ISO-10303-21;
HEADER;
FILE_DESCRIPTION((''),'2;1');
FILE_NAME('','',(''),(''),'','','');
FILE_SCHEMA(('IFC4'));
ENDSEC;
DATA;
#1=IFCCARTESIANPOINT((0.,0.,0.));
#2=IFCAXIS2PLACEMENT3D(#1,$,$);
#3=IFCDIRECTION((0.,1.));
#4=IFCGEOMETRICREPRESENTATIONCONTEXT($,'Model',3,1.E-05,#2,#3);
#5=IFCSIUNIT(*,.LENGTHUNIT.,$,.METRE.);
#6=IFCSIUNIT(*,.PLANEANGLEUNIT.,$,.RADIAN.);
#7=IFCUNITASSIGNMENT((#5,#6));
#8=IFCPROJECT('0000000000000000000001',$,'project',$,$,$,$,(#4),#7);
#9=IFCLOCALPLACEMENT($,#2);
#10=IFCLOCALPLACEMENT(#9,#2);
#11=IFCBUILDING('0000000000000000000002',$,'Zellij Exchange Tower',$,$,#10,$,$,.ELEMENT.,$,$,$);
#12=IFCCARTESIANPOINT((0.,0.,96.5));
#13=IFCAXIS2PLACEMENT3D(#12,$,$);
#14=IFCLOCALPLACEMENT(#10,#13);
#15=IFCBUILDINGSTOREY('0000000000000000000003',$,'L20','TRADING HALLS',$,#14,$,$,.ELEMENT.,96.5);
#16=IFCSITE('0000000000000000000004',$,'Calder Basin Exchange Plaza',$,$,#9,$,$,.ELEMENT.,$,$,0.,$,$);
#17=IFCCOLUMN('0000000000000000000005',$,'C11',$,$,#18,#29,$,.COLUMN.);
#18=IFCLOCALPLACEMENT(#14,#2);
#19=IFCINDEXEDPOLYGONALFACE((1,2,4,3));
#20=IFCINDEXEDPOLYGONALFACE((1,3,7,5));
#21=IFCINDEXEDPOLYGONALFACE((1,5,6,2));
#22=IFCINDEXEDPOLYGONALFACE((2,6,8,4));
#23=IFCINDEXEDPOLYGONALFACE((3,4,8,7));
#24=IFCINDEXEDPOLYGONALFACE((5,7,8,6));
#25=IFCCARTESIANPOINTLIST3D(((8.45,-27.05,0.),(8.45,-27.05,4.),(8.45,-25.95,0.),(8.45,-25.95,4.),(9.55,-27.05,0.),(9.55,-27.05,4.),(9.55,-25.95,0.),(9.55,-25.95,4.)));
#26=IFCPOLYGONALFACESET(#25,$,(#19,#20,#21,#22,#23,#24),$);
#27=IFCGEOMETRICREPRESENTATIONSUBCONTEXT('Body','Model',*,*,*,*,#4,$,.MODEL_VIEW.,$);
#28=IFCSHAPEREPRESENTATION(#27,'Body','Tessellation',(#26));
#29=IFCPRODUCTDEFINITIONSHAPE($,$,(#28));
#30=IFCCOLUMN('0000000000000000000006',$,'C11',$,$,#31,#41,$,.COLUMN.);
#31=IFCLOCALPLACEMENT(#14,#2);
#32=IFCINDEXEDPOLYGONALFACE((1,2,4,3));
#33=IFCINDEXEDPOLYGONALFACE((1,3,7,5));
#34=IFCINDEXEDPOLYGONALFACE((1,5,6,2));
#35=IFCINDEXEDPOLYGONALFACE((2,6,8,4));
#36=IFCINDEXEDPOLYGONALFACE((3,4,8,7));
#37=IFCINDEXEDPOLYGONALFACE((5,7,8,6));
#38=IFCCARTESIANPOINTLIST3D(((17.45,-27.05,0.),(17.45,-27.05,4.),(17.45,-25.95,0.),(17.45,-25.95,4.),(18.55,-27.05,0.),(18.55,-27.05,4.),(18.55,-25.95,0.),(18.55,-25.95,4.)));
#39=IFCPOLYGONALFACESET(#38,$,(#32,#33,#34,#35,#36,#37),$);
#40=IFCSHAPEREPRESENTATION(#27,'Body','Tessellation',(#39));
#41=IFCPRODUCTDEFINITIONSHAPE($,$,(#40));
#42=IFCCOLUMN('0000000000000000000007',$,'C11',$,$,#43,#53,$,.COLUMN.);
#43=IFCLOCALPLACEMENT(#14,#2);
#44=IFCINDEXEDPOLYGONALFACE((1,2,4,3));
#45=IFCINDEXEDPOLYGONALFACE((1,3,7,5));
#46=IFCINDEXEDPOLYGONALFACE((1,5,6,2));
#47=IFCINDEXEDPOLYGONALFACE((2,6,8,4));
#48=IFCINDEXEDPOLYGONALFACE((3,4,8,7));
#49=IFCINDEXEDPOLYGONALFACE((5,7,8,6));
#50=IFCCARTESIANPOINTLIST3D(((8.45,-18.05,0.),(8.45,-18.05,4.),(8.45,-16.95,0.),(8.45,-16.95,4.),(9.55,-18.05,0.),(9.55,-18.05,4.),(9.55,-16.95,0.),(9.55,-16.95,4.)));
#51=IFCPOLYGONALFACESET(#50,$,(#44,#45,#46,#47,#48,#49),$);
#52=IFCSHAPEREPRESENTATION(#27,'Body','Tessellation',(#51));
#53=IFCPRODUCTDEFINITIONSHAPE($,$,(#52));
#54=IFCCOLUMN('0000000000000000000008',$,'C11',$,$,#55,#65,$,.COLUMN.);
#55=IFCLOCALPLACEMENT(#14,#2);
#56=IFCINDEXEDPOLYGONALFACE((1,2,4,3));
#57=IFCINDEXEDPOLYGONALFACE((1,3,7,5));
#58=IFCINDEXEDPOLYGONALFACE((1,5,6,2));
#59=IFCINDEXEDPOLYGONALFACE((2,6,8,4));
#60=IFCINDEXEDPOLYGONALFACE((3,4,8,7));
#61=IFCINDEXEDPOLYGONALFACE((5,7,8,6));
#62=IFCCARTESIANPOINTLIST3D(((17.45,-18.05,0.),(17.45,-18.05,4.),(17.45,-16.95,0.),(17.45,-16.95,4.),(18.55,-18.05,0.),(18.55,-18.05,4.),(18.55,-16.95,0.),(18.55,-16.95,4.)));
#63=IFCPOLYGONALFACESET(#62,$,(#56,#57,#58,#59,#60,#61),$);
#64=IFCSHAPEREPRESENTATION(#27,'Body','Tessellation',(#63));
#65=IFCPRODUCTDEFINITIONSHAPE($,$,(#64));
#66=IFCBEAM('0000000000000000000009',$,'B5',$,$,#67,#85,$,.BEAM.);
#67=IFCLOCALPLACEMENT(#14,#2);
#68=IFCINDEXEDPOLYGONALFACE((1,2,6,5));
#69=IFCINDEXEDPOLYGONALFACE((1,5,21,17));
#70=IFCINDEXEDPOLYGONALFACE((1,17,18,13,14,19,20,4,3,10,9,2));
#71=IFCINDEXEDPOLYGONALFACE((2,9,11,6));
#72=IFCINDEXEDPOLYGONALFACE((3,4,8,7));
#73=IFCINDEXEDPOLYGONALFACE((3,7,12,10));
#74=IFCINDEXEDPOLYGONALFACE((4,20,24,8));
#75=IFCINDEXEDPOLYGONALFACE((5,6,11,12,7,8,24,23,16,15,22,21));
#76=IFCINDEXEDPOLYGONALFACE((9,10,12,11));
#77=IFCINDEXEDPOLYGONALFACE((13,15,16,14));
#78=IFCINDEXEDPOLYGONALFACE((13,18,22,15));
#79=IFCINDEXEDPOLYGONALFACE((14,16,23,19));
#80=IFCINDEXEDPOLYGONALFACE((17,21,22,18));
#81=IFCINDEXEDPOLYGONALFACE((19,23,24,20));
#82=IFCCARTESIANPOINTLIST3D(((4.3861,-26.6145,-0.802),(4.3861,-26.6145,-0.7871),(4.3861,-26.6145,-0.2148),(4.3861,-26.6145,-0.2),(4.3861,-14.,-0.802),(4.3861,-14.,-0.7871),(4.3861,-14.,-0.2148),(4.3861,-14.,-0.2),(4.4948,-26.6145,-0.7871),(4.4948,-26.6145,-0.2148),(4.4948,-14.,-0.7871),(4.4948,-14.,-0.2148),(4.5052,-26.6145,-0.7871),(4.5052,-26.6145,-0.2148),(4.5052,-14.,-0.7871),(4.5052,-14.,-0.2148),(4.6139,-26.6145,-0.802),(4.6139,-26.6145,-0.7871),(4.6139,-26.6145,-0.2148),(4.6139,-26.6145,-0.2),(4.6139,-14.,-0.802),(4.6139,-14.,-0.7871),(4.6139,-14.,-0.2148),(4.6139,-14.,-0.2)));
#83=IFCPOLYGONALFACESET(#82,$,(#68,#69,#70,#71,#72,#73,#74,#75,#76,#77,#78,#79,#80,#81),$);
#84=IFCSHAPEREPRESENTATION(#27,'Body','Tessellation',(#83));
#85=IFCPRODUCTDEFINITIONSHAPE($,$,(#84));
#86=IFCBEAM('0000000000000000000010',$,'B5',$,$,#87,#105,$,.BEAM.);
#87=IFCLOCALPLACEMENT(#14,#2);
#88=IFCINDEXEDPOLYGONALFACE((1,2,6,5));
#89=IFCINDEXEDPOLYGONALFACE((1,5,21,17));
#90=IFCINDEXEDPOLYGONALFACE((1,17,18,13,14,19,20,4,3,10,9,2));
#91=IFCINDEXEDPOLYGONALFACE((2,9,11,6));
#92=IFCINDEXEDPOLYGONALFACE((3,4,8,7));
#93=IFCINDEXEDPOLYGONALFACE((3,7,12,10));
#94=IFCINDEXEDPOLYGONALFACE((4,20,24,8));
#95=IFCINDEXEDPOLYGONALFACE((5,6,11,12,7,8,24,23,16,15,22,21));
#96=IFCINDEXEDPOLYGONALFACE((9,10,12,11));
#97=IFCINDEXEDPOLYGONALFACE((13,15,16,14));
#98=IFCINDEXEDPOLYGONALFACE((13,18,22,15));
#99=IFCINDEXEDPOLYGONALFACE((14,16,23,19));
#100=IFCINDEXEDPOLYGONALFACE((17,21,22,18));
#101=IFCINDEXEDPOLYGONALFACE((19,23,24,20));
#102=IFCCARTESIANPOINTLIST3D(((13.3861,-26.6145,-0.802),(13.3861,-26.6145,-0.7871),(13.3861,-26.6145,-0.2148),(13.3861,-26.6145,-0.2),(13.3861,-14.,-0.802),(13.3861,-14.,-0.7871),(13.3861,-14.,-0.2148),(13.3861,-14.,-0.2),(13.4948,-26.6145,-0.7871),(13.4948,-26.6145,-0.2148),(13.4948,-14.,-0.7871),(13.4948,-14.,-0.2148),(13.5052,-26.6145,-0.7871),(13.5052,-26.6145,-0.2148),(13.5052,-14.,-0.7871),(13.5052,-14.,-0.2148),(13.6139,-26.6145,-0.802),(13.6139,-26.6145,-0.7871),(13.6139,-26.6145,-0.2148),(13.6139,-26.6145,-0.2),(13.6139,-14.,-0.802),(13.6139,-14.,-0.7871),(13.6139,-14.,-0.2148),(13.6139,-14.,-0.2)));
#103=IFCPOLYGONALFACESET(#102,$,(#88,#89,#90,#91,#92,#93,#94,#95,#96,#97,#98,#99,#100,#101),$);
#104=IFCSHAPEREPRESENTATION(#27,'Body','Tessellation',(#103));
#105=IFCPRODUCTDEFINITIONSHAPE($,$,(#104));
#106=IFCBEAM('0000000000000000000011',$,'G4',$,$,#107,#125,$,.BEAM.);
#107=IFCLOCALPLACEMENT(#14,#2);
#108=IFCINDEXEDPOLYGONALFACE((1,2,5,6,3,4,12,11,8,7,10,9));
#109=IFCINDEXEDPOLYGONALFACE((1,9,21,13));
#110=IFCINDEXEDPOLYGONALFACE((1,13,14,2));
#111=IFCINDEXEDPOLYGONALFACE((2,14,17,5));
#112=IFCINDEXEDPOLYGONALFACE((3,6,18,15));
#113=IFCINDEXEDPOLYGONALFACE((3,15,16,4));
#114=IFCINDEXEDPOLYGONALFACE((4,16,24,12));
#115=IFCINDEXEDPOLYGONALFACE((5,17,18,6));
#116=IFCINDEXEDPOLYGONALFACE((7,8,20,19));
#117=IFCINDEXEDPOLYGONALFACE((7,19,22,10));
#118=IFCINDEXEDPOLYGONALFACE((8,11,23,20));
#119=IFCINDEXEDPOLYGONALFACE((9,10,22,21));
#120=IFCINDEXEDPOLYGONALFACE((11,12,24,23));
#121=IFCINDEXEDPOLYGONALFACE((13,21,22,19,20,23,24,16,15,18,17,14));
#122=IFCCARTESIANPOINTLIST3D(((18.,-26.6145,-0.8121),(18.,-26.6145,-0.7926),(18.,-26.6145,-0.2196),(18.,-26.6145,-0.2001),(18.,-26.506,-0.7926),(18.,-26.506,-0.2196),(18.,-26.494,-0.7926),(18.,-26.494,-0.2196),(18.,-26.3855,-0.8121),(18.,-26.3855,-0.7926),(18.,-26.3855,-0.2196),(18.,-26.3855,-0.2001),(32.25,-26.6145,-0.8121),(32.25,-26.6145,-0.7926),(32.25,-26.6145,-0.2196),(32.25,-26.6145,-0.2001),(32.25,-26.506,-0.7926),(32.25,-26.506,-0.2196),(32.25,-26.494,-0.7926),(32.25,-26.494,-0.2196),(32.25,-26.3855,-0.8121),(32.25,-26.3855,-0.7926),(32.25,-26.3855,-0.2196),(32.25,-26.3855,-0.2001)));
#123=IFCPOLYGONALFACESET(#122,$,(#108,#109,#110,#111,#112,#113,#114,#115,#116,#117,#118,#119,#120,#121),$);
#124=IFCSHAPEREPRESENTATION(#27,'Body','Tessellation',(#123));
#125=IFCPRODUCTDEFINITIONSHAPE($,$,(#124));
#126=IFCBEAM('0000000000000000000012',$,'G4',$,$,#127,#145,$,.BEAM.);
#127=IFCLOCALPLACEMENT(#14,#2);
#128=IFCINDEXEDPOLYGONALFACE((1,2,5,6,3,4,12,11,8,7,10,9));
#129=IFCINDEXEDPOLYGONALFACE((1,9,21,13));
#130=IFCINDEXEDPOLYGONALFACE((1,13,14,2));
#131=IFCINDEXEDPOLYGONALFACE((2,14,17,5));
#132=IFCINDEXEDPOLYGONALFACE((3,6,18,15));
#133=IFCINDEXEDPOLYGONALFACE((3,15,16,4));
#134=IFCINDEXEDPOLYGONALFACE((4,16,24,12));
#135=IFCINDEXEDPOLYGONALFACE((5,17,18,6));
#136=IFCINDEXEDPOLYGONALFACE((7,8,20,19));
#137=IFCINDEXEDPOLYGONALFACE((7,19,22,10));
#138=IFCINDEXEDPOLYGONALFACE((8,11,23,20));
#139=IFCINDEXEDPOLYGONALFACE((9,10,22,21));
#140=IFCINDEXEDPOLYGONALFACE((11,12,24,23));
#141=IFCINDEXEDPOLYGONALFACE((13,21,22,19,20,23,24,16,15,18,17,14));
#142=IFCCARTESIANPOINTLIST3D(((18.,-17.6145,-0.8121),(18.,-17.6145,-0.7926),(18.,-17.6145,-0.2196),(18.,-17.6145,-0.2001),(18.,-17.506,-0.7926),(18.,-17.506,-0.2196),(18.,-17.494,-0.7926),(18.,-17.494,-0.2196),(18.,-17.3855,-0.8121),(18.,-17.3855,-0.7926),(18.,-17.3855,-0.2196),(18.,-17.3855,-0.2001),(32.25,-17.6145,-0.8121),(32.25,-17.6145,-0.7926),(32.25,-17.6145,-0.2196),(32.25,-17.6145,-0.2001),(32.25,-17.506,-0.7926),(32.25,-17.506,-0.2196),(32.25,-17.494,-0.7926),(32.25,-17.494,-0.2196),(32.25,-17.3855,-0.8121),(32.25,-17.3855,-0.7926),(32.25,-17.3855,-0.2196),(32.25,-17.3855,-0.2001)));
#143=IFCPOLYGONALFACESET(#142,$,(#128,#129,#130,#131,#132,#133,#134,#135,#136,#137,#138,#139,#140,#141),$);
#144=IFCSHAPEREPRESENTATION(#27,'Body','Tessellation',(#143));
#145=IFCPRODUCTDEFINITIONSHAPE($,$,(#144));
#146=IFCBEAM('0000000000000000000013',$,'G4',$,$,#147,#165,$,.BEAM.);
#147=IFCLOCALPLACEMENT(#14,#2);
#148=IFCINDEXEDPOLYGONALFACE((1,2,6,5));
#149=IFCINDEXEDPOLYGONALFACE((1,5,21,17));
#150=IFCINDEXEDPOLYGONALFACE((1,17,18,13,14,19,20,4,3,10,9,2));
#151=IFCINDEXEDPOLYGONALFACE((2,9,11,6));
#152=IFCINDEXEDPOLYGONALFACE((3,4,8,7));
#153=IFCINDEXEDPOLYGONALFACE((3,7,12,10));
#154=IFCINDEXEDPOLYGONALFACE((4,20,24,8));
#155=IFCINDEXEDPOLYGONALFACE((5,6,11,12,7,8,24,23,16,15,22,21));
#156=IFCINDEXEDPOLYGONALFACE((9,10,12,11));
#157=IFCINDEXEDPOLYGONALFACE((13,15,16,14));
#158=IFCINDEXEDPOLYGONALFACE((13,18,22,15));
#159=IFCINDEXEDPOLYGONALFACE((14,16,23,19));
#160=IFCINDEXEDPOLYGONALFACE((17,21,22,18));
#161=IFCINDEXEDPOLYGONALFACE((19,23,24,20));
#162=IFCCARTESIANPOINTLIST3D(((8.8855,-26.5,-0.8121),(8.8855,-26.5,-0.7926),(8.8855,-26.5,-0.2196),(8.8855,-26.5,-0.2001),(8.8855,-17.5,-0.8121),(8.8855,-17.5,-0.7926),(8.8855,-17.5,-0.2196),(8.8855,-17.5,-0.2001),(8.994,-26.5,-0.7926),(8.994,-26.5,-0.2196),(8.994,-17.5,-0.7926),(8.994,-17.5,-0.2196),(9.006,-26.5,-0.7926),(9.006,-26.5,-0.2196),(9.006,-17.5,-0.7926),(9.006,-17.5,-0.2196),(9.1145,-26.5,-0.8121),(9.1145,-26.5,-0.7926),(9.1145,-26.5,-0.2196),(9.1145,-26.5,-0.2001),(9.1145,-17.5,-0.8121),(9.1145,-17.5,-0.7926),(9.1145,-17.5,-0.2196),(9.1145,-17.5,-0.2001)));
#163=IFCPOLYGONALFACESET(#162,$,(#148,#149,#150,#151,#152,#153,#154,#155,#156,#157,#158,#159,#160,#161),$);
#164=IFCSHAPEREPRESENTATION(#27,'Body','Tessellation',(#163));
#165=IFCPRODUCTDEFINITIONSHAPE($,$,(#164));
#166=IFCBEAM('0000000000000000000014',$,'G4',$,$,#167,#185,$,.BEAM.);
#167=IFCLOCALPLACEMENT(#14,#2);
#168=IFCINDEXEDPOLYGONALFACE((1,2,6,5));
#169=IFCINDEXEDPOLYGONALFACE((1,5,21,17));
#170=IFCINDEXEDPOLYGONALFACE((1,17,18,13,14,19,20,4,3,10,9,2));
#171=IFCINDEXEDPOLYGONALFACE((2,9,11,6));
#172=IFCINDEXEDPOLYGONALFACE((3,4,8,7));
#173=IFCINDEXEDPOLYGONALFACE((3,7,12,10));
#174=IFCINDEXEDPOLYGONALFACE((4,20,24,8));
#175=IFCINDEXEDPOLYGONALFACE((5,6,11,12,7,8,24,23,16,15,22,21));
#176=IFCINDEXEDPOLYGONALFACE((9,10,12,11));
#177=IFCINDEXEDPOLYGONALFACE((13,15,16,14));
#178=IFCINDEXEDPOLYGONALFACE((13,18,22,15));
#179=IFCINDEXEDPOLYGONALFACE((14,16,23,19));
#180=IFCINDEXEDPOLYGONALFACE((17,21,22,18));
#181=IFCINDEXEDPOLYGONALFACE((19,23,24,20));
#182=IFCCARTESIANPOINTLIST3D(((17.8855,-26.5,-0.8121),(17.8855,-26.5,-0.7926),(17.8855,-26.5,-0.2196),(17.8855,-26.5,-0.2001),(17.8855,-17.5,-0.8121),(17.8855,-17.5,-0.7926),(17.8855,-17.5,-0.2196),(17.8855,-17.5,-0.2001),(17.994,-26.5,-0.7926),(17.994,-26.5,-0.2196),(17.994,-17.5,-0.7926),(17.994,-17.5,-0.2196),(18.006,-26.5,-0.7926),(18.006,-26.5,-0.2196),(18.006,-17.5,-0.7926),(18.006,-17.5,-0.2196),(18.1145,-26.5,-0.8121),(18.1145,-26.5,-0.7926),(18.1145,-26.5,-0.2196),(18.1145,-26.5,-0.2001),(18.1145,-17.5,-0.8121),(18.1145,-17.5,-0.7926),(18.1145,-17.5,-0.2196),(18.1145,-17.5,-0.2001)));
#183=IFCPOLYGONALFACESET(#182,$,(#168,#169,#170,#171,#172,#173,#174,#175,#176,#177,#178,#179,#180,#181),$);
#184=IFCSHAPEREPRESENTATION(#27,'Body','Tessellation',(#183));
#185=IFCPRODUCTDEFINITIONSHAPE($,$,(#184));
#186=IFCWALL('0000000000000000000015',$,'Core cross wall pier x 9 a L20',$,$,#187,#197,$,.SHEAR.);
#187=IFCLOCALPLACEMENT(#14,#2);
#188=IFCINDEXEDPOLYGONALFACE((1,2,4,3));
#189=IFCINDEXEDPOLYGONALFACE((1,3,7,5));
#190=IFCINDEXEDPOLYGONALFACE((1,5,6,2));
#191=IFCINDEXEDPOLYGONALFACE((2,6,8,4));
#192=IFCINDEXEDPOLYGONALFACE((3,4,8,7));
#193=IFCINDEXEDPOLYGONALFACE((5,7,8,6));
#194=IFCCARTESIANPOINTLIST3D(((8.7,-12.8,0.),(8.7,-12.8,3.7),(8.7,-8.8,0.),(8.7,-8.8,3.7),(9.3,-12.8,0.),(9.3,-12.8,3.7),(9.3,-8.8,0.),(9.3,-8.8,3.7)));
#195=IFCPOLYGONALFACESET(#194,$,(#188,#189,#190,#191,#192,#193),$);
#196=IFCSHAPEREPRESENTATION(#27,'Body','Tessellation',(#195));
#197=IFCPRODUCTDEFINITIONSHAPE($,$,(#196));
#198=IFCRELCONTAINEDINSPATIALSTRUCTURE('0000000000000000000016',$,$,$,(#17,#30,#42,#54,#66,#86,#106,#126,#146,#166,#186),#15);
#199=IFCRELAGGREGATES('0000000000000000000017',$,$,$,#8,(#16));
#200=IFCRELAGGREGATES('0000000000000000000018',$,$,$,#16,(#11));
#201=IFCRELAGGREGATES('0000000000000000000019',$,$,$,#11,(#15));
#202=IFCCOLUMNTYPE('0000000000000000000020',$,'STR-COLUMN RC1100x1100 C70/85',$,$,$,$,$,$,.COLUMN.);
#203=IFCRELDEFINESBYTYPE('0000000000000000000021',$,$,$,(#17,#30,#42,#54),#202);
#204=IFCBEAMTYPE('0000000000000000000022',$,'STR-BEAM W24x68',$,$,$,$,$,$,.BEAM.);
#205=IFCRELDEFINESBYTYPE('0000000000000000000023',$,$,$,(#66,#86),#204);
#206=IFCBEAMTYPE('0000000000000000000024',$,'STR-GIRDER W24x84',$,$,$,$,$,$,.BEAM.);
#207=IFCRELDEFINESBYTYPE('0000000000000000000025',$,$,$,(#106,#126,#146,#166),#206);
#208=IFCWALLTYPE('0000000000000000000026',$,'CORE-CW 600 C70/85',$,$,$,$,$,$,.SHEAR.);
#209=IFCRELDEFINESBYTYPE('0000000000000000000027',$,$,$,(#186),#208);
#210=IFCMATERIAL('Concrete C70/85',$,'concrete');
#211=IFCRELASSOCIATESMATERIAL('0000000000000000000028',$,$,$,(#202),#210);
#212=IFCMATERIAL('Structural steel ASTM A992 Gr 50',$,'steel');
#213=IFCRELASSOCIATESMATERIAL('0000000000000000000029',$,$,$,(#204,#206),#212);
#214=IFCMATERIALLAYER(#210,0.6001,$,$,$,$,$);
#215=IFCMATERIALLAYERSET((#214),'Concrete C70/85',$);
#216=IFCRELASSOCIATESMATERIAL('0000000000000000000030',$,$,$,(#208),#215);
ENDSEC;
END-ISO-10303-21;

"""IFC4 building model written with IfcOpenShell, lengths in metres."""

from ifc_helpers import new_model, si_unit, direction, frame, frame_2d, origin, origin_2d, place, context, subcontext, project, spatial, rectangle, i_section, extrude, material, layer, layer_set, material_profile, profile_set, type_object, element, save


model = new_model("IFC4")

# Units and contexts
model_context = context("Model", 3, precision=1e-05, world=origin(), true_north=direction((0.0, 1.0)))
body_context = subcontext(model_context, "Body", "Model", "MODEL_VIEW")
ifc_project = project(units=[si_unit("LENGTHUNIT", "METRE"), si_unit("PLANEANGLEUNIT", "RADIAN")], contexts=[model_context])

# Site, building, storey
site_placement = place(None, origin())
site = spatial("IfcSite", under=ifc_project, at=site_placement, Name="Calder Basin Exchange Plaza", CompositionType="ELEMENT", RefElevation=0.0)
building_placement = place(site_placement, origin())
building = spatial("IfcBuilding", under=site, at=building_placement, Name="Zellij Exchange Tower", CompositionType="ELEMENT")
storey_placement = place(building_placement, frame((0.0, 0.0, 96.5)))
storey = spatial("IfcBuildingStorey", under=building, at=storey_placement, Name="L20", Description="TRADING HALLS", CompositionType="ELEMENT", Elevation=96.5)

# Columns
ifc_material_1 = material(Name="Concrete C70/85", Category="concrete")
ifc_material_profile_1 = material_profile(ifc_material_1, rectangle(XDim=1.1001, YDim=1.1001, at=origin_2d()), Name="STR-COLUMN RC1100x1100 C70/85")
ifc_profile_set_1 = profile_set([ifc_material_profile_1], Name="Concrete C70/85")
column_type = type_object("IfcColumnType", Name="STR-COLUMN RC1100x1100 C70/85", PredefinedType="COLUMN", material=ifc_profile_set_1)
for number, where, z_axis, x_axis, name in (
    (1, (9.0, -26.5, 0.0), (0.0, 0.0, 1.0), (1.0, 0.0, 0.0), "C11"),
    (2, (18.0, -26.5, 0.0), (0.0, 0.0, 1.0), (1.0, 0.0, 0.0), "C11"),
    (3, (9.0, -17.5, 0.0), (0.0, 0.0, 1.0), (1.0, 0.0, 0.0), "C11"),
    (4, (18.0, -17.5, 0.0), (0.0, 0.0, 1.0), (1.0, 0.0, 0.0), "C11"),
):
    element("IfcColumn", number, at=place(storey_placement, frame(where, z_axis=z_axis, x_axis=x_axis)), inside=storey, type_object=column_type, Name=name, PredefinedType="COLUMN", context=body_context, shape_type="SweptSolid", body=[
        extrude(rectangle(XDim=1.1001, YDim=1.1001, at=origin_2d()), origin(), (0.0, 0.0, 1.0), 4.0),
    ])

# Beams
ifc_material_2 = material(Name="Structural steel ASTM A992 Gr 50", Category="steel")
ifc_material_profile_2 = material_profile(ifc_material_2, i_section(OverallWidth=0.2278, OverallDepth=0.6021, WebThickness=0.0105, FlangeThickness=0.0149, at=origin_2d()), Name="W24x68")
ifc_profile_set_2 = profile_set([ifc_material_profile_2], Name="Structural steel ASTM A992 Gr 50")
beam_type_1 = type_object("IfcBeamType", Name="STR-BEAM W24x68", PredefinedType="BEAM", material=ifc_profile_set_2)
for number, where, z_axis, x_axis, name in (
    (5, (4.5, -26.6145, -0.501), (0.0, 1.0, 0.0), (-1.0, 0.0, 0.0), "B5"),
    (6, (13.5, -26.6145, -0.501), (0.0, 1.0, 0.0), (-1.0, 0.0, 0.0), "B5"),
):
    element("IfcBeam", number, at=place(storey_placement, frame(where, z_axis=z_axis, x_axis=x_axis)), inside=storey, type_object=beam_type_1, Name=name, PredefinedType="BEAM", context=body_context, shape_type="SweptSolid", body=[
        extrude(i_section(OverallWidth=0.2278, OverallDepth=0.6021, WebThickness=0.0105, FlangeThickness=0.0149, at=origin_2d()), origin(), (0.0, 0.0, 1.0), 12.6145),
    ])
ifc_material_profile_3 = material_profile(ifc_material_2, i_section(OverallWidth=0.229, OverallDepth=0.6121, WebThickness=0.012, FlangeThickness=0.0195, at=origin_2d()), Name="W24x84")
ifc_profile_set_3 = profile_set([ifc_material_profile_3], Name="Structural steel ASTM A992 Gr 50")
beam_type_2 = type_object("IfcBeamType", Name="STR-GIRDER W24x84", PredefinedType="BEAM", material=ifc_profile_set_3)
for number, where, z_axis, x_axis, name in (
    (7, (18.0, -26.5, -0.5061), (1.0, 0.0, 0.0), (0.0, 1.0, 0.0), "G4"),
    (8, (18.0, -17.5, -0.5061), (1.0, 0.0, 0.0), (0.0, 1.0, 0.0), "G4"),
):
    element("IfcBeam", number, at=place(storey_placement, frame(where, z_axis=z_axis, x_axis=x_axis)), inside=storey, type_object=beam_type_2, Name=name, PredefinedType="BEAM", context=body_context, shape_type="SweptSolid", body=[
        extrude(i_section(OverallWidth=0.229, OverallDepth=0.6121, WebThickness=0.012, FlangeThickness=0.0195, at=origin_2d()), origin(), (0.0, 0.0, 1.0), 14.25),
    ])
for number, where, z_axis, x_axis, name in (
    (9, (9.0, -26.5, -0.5061), (0.0, 1.0, 0.0), (-1.0, 0.0, 0.0), "G4"),
    (10, (18.0, -26.5, -0.5061), (0.0, 1.0, 0.0), (-1.0, 0.0, 0.0), "G4"),
):
    element("IfcBeam", number, at=place(storey_placement, frame(where, z_axis=z_axis, x_axis=x_axis)), inside=storey, type_object=beam_type_2, Name=name, PredefinedType="BEAM", context=body_context, shape_type="SweptSolid", body=[
        extrude(i_section(OverallWidth=0.229, OverallDepth=0.6121, WebThickness=0.012, FlangeThickness=0.0195, at=origin_2d()), origin(), (0.0, 0.0, 1.0), 9.0),
    ])

# Wall
ifc_layer_1 = layer(ifc_material_1, 0.6001)
ifc_layer_set_1 = layer_set([ifc_layer_1], Name="Concrete C70/85")
wall_type_1 = type_object("IfcWallType", Name="CORE-CW 600 C70/85", PredefinedType="SHEAR", material=ifc_layer_set_1)
wall_1_placement = place(storey_placement, frame((9.0, -12.8, 0.0), z_axis=(0.0, 0.0, 1.0), x_axis=(0.0, 1.0, 0.0)))
element("IfcWall", 11, at=wall_1_placement, inside=storey, type_object=wall_type_1, Name="Core cross wall pier x 9 a L20", PredefinedType="SHEAR", context=body_context, shape_type="SweptSolid", body=[
    extrude(rectangle(XDim=4.0, YDim=0.6001, at=frame_2d((2.0, 0.0))), origin(), (0.0, 0.0, 1.0), 3.7),
])

save(model, "model.ifc")
